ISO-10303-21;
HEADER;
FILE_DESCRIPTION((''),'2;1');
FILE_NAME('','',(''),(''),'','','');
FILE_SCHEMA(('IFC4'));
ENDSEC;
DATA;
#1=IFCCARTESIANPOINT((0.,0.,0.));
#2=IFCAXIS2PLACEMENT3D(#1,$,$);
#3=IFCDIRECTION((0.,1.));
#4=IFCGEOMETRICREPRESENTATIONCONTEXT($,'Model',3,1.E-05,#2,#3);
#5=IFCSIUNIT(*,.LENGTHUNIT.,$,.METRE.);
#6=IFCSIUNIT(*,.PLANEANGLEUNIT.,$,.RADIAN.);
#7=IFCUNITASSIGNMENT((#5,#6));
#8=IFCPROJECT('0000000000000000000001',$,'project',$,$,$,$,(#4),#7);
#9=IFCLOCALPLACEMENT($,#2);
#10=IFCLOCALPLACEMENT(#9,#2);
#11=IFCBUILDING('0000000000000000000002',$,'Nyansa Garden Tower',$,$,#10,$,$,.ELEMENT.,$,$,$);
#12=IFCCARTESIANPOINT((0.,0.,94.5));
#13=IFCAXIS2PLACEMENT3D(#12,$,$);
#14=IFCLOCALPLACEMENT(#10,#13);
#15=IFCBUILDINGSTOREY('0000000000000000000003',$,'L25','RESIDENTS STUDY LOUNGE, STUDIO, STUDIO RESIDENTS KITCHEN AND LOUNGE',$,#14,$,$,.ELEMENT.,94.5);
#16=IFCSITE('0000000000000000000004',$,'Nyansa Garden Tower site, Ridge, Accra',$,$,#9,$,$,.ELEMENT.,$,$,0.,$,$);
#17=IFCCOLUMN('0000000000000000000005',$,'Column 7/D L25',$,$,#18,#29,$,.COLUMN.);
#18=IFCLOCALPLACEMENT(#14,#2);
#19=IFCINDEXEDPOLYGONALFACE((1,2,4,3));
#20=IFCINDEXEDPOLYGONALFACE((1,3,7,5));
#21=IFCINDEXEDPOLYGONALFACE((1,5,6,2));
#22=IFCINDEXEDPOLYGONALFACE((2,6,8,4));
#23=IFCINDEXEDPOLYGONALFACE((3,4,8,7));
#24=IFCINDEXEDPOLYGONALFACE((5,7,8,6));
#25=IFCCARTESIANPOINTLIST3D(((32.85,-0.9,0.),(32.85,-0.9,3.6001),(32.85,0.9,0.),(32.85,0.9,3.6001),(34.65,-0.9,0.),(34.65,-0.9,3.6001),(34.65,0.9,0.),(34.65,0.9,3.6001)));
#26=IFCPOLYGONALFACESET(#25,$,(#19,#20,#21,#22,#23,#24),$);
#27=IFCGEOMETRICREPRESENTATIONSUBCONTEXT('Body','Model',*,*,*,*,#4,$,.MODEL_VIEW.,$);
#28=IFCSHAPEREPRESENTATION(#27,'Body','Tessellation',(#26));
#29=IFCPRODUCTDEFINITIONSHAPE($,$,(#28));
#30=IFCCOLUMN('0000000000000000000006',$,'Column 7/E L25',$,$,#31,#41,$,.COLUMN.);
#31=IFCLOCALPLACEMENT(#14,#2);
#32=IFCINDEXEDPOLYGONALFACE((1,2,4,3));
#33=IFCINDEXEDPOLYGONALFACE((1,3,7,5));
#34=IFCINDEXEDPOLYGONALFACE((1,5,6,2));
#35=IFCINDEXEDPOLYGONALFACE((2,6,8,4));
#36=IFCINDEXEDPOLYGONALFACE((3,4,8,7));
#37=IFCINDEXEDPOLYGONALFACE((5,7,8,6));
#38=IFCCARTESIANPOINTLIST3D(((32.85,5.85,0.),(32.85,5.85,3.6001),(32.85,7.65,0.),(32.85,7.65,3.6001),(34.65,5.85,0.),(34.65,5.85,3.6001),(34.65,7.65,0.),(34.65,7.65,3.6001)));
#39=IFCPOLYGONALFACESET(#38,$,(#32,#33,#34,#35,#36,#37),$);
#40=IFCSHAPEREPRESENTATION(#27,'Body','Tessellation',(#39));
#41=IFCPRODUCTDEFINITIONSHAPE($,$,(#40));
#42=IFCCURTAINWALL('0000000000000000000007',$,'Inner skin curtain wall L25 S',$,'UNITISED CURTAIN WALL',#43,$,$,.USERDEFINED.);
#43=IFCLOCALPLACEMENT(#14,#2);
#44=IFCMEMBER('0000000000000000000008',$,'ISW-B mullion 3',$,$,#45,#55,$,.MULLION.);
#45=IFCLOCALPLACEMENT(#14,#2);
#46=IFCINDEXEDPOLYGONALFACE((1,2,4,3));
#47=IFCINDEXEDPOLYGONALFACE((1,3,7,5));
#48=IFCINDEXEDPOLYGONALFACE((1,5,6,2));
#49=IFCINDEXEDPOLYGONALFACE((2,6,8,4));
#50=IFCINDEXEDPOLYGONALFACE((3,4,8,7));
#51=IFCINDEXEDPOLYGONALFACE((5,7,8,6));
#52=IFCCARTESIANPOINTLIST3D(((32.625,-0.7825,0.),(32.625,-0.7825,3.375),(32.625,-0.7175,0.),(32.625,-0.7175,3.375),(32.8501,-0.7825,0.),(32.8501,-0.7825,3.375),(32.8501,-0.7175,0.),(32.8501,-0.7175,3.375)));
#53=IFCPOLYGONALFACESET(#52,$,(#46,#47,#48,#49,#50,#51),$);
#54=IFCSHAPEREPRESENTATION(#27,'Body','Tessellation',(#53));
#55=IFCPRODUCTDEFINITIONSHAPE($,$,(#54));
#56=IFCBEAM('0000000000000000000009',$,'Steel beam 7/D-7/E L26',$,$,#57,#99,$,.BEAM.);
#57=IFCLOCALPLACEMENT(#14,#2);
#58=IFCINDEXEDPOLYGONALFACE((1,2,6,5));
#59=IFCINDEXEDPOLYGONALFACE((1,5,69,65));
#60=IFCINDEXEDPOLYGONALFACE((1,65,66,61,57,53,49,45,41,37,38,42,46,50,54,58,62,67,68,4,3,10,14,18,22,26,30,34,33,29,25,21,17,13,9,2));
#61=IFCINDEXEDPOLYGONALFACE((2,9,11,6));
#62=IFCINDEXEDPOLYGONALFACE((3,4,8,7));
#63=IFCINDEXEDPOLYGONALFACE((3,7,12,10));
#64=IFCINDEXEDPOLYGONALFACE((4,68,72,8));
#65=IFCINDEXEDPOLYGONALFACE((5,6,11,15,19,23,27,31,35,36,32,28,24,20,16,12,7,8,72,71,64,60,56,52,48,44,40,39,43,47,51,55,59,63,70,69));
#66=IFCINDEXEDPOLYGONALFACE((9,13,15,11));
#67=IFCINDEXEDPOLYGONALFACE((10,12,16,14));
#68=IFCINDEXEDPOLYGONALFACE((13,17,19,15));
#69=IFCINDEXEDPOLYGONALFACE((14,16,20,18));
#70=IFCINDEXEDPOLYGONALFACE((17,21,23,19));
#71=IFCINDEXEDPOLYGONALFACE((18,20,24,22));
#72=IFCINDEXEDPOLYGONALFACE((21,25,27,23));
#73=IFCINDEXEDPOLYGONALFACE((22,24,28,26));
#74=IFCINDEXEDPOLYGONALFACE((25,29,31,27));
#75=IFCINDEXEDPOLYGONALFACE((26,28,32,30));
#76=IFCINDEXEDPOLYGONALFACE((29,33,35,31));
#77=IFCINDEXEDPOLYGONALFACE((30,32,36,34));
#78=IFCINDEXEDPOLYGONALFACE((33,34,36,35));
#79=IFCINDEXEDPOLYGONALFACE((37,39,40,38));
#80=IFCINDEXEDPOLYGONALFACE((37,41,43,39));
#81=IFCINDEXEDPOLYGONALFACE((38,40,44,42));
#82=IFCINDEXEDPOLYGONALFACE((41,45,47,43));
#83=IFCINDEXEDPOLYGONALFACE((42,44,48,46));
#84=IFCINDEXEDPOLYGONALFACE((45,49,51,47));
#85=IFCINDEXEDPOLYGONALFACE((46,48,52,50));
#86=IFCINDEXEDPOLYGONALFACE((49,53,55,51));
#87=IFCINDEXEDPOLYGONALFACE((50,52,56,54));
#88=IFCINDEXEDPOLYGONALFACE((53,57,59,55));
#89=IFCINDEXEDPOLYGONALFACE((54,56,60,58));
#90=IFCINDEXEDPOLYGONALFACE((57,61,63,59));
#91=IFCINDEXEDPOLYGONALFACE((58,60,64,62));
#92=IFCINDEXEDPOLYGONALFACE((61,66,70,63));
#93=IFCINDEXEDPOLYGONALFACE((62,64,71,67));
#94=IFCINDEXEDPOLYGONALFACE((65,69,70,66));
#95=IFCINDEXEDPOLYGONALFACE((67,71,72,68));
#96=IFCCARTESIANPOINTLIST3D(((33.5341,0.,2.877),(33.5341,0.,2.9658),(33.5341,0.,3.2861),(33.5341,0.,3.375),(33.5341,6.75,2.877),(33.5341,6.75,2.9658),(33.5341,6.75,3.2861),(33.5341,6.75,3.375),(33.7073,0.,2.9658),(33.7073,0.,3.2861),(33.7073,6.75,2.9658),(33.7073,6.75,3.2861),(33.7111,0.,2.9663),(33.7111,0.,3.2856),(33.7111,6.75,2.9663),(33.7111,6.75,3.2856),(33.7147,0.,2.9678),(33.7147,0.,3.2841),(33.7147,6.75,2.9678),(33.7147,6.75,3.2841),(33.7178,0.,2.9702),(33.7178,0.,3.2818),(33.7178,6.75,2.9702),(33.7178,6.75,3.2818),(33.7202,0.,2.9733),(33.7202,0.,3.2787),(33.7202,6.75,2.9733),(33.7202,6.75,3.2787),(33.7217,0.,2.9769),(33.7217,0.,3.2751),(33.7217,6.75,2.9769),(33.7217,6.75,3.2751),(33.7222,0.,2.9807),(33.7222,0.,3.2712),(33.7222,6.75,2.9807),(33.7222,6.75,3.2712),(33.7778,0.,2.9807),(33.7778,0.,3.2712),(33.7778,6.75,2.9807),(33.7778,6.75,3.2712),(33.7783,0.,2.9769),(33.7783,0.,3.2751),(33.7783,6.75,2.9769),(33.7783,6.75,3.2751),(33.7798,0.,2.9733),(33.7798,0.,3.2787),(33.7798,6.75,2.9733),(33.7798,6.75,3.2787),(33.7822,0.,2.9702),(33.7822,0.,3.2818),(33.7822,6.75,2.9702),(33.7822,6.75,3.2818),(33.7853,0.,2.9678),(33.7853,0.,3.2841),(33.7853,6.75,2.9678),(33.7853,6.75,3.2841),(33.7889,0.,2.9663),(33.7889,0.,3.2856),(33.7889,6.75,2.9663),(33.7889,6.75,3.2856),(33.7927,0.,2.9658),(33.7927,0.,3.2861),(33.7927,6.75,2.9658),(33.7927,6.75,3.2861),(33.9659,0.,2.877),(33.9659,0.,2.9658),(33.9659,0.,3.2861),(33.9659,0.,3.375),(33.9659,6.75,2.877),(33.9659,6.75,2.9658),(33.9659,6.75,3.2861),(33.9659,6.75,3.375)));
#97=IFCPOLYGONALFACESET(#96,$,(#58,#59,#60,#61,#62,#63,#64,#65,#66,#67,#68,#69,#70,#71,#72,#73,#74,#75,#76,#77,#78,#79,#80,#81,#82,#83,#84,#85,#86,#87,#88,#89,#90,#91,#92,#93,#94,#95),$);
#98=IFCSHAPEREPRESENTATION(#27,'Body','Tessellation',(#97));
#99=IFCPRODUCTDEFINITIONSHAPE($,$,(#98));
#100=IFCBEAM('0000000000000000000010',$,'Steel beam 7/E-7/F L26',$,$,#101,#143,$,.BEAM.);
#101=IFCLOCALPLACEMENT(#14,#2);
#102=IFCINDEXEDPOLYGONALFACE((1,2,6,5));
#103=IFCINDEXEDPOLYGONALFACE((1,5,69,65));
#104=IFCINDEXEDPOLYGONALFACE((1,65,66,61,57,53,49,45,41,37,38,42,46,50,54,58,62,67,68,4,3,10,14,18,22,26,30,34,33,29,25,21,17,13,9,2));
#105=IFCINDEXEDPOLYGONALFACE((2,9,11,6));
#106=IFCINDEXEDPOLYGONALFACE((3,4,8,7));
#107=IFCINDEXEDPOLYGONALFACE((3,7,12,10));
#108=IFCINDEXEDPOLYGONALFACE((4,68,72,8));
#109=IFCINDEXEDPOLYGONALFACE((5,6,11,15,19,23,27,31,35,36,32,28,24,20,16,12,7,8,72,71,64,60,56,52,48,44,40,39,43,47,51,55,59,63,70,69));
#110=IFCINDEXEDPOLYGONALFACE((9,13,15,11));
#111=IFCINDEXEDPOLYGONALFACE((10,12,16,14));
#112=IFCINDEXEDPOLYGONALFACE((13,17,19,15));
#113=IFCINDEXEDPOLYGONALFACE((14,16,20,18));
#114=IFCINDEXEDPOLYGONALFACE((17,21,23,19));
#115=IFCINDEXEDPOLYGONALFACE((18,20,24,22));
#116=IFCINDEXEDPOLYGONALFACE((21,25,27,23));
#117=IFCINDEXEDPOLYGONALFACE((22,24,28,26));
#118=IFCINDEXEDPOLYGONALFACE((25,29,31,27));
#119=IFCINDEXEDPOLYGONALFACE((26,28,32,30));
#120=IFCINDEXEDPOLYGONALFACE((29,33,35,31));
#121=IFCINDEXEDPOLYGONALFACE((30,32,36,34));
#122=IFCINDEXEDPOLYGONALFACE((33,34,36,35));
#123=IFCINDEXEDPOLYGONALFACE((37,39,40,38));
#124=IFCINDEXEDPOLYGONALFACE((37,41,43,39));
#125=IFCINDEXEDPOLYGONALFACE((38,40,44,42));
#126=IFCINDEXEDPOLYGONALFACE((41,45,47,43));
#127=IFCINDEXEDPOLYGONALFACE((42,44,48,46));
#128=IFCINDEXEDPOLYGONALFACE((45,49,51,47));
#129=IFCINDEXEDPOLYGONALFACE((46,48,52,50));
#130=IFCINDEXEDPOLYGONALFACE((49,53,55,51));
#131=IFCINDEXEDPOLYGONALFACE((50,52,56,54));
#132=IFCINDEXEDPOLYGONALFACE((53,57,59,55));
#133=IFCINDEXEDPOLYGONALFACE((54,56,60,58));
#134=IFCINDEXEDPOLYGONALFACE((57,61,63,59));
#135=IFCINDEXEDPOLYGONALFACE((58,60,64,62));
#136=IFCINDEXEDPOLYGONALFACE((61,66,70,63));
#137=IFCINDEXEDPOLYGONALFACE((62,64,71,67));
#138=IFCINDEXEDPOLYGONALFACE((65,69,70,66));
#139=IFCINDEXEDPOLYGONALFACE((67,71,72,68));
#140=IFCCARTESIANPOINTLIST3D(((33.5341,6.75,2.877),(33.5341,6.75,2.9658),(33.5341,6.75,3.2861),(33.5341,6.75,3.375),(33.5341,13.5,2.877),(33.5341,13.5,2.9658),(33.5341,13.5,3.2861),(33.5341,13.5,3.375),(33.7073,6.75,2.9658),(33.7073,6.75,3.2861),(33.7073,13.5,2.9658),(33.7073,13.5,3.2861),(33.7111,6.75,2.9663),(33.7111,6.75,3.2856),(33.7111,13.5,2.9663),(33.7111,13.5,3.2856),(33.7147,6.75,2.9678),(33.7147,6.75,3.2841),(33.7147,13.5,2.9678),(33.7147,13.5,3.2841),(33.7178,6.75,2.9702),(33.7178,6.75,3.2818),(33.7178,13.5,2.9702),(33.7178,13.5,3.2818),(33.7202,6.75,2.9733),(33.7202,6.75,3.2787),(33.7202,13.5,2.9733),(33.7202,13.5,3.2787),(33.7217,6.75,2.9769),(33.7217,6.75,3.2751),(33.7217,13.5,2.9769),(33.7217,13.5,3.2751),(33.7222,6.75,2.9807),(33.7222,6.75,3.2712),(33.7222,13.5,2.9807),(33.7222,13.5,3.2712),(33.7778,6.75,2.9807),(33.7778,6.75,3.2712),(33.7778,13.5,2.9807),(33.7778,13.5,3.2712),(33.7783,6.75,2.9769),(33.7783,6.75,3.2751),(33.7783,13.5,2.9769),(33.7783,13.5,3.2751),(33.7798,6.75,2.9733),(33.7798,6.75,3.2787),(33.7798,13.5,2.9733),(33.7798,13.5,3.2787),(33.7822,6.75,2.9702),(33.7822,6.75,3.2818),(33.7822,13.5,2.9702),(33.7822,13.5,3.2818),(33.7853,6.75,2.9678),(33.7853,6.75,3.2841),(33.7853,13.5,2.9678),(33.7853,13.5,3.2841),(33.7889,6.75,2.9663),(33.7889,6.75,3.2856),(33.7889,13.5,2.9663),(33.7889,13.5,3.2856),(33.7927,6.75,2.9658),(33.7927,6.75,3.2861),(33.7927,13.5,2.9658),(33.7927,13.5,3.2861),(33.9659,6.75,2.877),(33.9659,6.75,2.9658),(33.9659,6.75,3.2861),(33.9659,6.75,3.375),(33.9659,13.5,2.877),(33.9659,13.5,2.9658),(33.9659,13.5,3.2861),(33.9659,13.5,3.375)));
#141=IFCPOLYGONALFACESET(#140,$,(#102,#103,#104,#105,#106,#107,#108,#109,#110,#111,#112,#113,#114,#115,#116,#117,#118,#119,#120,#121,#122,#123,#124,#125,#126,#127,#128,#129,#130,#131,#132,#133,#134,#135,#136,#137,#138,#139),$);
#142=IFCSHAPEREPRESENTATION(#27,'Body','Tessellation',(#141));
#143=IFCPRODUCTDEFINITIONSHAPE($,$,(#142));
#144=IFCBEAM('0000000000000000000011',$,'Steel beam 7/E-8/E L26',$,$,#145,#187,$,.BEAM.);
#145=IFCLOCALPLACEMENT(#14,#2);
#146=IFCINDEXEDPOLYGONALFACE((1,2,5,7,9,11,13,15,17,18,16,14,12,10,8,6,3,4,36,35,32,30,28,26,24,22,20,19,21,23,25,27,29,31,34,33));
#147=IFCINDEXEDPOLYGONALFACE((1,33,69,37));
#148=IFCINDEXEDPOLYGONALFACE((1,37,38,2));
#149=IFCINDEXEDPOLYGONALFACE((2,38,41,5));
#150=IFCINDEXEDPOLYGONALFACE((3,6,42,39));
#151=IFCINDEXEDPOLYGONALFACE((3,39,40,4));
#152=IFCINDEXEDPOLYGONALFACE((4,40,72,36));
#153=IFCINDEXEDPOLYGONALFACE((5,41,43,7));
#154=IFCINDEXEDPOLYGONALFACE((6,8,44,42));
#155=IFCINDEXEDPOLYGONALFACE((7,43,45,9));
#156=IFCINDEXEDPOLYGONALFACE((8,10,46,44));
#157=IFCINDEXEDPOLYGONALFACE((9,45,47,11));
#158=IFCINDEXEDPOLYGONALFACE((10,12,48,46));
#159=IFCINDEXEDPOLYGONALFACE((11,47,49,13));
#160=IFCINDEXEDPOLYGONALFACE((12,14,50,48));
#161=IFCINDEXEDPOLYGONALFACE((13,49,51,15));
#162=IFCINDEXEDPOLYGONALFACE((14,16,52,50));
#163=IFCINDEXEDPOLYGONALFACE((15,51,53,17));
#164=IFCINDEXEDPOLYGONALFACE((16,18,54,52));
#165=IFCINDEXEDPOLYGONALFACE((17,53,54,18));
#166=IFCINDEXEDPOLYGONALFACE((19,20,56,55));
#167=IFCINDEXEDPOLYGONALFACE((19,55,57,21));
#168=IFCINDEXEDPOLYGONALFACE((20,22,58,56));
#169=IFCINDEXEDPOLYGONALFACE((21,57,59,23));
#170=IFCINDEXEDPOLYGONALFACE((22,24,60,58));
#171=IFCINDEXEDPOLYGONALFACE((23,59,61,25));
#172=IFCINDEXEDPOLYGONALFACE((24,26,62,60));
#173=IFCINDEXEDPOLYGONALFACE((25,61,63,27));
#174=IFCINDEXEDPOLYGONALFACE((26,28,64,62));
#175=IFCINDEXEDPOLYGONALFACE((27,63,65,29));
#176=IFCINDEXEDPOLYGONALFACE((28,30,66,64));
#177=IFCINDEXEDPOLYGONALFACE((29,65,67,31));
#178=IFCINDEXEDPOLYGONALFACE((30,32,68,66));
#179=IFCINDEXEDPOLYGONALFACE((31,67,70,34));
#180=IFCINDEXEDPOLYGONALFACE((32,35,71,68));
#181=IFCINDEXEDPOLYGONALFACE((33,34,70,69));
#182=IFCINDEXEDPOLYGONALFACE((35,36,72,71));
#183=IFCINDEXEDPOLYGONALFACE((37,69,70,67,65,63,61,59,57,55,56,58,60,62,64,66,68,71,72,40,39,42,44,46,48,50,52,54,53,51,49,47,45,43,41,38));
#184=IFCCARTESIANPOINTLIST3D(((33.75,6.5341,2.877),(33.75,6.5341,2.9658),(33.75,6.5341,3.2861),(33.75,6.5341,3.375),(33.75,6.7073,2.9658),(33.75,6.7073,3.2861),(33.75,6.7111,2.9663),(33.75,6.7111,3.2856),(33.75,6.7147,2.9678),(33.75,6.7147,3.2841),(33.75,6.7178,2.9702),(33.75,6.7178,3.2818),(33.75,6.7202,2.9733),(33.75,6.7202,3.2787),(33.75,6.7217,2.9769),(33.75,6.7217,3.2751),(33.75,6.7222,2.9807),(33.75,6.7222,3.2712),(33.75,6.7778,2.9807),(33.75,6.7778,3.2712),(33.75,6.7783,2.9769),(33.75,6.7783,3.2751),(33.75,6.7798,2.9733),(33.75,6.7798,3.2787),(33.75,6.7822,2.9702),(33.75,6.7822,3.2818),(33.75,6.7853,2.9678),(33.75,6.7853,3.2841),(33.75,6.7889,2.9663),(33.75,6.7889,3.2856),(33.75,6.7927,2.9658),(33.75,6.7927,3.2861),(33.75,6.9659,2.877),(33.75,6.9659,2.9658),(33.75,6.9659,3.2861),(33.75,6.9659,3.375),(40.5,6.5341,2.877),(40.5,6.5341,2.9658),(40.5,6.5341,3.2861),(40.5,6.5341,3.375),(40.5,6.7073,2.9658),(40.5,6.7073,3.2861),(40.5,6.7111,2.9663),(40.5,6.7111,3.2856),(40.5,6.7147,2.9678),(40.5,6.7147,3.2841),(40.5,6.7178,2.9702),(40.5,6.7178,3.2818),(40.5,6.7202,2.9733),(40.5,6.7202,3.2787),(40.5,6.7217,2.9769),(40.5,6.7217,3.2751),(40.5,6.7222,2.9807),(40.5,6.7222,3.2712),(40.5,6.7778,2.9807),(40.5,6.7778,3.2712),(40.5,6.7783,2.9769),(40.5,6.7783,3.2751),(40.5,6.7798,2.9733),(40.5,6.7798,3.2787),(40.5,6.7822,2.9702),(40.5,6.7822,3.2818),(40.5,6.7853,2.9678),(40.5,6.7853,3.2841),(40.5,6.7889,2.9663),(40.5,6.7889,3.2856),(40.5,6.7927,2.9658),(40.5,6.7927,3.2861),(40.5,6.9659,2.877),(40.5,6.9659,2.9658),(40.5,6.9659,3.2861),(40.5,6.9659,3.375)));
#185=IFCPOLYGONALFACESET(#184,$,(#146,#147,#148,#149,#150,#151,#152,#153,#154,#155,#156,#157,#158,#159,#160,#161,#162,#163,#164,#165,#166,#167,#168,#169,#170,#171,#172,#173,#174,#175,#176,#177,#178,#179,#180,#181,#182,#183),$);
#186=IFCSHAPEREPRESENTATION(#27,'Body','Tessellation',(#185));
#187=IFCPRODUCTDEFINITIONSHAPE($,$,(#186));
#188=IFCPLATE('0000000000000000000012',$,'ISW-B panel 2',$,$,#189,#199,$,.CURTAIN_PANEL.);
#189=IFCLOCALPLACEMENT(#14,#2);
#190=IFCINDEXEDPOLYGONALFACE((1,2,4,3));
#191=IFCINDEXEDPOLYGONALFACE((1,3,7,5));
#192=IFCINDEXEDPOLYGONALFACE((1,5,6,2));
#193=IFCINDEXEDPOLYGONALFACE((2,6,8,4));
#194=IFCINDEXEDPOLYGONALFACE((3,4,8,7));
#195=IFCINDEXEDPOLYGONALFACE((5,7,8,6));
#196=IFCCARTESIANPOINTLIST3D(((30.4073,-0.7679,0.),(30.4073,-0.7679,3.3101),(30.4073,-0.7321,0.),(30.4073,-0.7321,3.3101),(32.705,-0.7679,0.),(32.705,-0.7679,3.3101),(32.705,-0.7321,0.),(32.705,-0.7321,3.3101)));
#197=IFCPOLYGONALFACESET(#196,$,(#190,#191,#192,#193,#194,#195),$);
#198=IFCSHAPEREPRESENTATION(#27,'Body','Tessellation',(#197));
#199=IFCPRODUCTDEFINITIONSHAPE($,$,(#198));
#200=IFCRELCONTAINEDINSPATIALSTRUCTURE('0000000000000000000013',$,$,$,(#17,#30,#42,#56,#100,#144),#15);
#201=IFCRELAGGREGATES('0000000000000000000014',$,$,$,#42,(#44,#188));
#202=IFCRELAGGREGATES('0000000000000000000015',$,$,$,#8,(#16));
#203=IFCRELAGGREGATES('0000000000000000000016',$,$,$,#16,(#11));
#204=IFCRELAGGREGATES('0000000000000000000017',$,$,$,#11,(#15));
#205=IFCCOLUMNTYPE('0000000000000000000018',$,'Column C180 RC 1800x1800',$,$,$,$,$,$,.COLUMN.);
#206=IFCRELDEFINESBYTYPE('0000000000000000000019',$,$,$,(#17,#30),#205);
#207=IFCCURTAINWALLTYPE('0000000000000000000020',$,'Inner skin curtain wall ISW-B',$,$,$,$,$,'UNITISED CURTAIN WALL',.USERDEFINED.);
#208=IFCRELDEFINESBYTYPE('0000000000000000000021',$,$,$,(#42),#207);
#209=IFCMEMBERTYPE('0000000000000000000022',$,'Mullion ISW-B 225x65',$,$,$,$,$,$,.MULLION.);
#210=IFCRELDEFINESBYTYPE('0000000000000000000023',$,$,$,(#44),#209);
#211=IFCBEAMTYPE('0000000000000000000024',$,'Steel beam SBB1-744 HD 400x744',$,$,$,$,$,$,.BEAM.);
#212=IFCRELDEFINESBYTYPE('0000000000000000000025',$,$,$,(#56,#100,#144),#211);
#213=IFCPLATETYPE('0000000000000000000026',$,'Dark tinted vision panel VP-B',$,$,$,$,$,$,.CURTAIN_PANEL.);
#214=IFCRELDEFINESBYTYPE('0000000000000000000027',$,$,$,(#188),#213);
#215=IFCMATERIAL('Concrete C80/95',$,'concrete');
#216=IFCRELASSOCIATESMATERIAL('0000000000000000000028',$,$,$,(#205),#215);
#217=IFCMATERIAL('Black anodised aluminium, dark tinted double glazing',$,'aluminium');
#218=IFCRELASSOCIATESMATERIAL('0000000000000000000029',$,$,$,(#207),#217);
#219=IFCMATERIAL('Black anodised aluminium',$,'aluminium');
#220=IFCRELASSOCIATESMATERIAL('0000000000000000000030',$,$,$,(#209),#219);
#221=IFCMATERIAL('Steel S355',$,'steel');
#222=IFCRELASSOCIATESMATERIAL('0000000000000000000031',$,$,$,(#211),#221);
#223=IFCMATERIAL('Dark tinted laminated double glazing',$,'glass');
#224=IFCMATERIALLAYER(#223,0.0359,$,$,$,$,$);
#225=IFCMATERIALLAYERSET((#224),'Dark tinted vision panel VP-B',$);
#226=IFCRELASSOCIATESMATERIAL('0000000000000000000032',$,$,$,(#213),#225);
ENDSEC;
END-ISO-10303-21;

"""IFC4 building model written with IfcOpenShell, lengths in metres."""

from ifc_helpers import new_model, si_unit, direction, frame, origin, origin_2d, place, context, subcontext, project, spatial, rectangle, i_section, extrude, material, layer, layer_set, material_profile, profile_set, type_object, element, aggregate, save


model = new_model("IFC4")

# Units and contexts
model_context = context("Model", 3, precision=1e-05, world=origin(), true_north=direction((0.0, 1.0)))
body_context = subcontext(model_context, "Body", "Model", "MODEL_VIEW")
ifc_project = project(units=[si_unit("LENGTHUNIT", "METRE"), si_unit("PLANEANGLEUNIT", "RADIAN")], contexts=[model_context])

# Site, building, storey
site_placement = place(None, origin())
site = spatial("IfcSite", under=ifc_project, at=site_placement, Name="Nyansa Garden Tower site, Ridge, Accra", CompositionType="ELEMENT", RefElevation=0.0)
building_placement = place(site_placement, origin())
building = spatial("IfcBuilding", under=site, at=building_placement, Name="Nyansa Garden Tower", CompositionType="ELEMENT")
storey_placement = place(building_placement, frame((0.0, 0.0, 94.5)))
storey = spatial("IfcBuildingStorey", under=building, at=storey_placement, Name="L25", Description="RESIDENTS STUDY LOUNGE, STUDIO, STUDIO RESIDENTS KITCHEN AND LOUNGE", CompositionType="ELEMENT", Elevation=94.5)

# Columns
ifc_material_1 = material(Name="Concrete C80/95", Category="concrete")
ifc_material_profile_1 = material_profile(ifc_material_1, rectangle(XDim=1.8, YDim=1.8, at=origin_2d()), Name="RC 1800x1800")
ifc_profile_set_1 = profile_set([ifc_material_profile_1], Name="Concrete C80/95")
column_type = type_object("IfcColumnType", Name="Column C180 RC 1800x1800", PredefinedType="COLUMN", material=ifc_profile_set_1)
for number, where, z_axis, x_axis, name in (
    (1, (33.75, 0.0, 0.0), (0.0, 0.0, 1.0), (1.0, 0.0, 0.0), "Column 7/D L25"),
    (2, (33.75, 6.75, 0.0), (0.0, 0.0, 1.0), (1.0, 0.0, 0.0), "Column 7/E L25"),
):
    element("IfcColumn", number, at=place(storey_placement, frame(where, z_axis=z_axis, x_axis=x_axis)), inside=storey, type_object=column_type, Name=name, PredefinedType="COLUMN", context=body_context, shape_type="SweptSolid", body=[
        extrude(rectangle(XDim=1.8, YDim=1.8, at=origin_2d()), origin(), (0.0, 0.0, 1.0), 3.6001),
    ])

# Curtain wall, member
ifc_material_2 = material(Name="Black anodised aluminium, dark tinted double glazing", Category="aluminium")
curtain_wall_type = type_object("IfcCurtainWallType", Name="Inner skin curtain wall ISW-B", ElementType="UNITISED CURTAIN WALL", PredefinedType="USERDEFINED", material=ifc_material_2)
curtain_wall_placement = place(storey_placement, origin())
curtain_wall = element("IfcCurtainWall", 3, at=curtain_wall_placement, inside=storey, type_object=curtain_wall_type, Name="Inner skin curtain wall L25 S", ObjectType="UNITISED CURTAIN WALL", PredefinedType="USERDEFINED")
ifc_material_3 = material(Name="Black anodised aluminium", Category="aluminium")
ifc_material_profile_2 = material_profile(ifc_material_3, rectangle(XDim=0.0649, YDim=0.2251, at=origin_2d()), Name="Mullion 225x65")
ifc_profile_set_2 = profile_set([ifc_material_profile_2], Name="Black anodised aluminium")
member_type = type_object("IfcMemberType", Name="Mullion ISW-B 225x65", PredefinedType="MULLION", material=ifc_profile_set_2)
member_placement = place(storey_placement, frame((32.7375, -0.75, 0.0), z_axis=(0.0, 0.0, 1.0), x_axis=(0.0, 1.0, 0.0)))
member = element("IfcMember", 4, at=member_placement, type_object=member_type, Name="ISW-B mullion 3", PredefinedType="MULLION", context=body_context, shape_type="SweptSolid", body=[
    extrude(rectangle(XDim=0.0649, YDim=0.2251, at=origin_2d()), origin(), (0.0, 0.0, 1.0), 3.375),
])

# Beams
ifc_material_4 = material(Name="Steel S355", Category="steel")
ifc_material_profile_3 = material_profile(ifc_material_4, i_section(OverallWidth=0.4319, OverallDepth=0.498, WebThickness=0.0557, FlangeThickness=0.0889, FilletRadius=0.0149, at=origin_2d()), Name="HD 400x744")
ifc_profile_set_3 = profile_set([ifc_material_profile_3], Name="Steel S355")
beam_type = type_object("IfcBeamType", Name="Steel beam SBB1-744 HD 400x744", PredefinedType="BEAM", material=ifc_profile_set_3)
for number, where, z_axis, x_axis, name in (
    (5, (33.75, 0.0, 3.126), (0.0, 1.0, 0.0), (-1.0, 0.0, 0.0), "Steel beam 7/D-7/E L26"),
    (6, (33.75, 6.75, 3.126), (0.0, 1.0, 0.0), (-1.0, 0.0, 0.0), "Steel beam 7/E-7/F L26"),
    (7, (33.75, 6.75, 3.126), (1.0, 0.0, 0.0), (0.0, 1.0, 0.0), "Steel beam 7/E-8/E L26"),
):
    element("IfcBeam", number, at=place(storey_placement, frame(where, z_axis=z_axis, x_axis=x_axis)), inside=storey, type_object=beam_type, Name=name, PredefinedType="BEAM", context=body_context, shape_type="SweptSolid", body=[
        extrude(i_section(OverallWidth=0.4319, OverallDepth=0.498, WebThickness=0.0557, FlangeThickness=0.0889, FilletRadius=0.0149, at=origin_2d()), origin(), (0.0, 0.0, 1.0), 6.75),
    ])

# Plate
ifc_material_5 = material(Name="Dark tinted laminated double glazing", Category="glass")
ifc_layer_1 = layer(ifc_material_5, 0.0359)
ifc_layer_set_1 = layer_set([ifc_layer_1], Name="Dark tinted vision panel VP-B")
plate_type = type_object("IfcPlateType", Name="Dark tinted vision panel VP-B", PredefinedType="CURTAIN_PANEL", material=ifc_layer_set_1)
plate_placement = place(storey_placement, frame((31.5562, -0.75, 0.0), z_axis=(0.0, 0.0, 1.0), x_axis=(1.0, 0.0, 0.0)))
plate = element("IfcPlate", 8, at=plate_placement, type_object=plate_type, Name="ISW-B panel 2", PredefinedType="CURTAIN_PANEL", context=body_context, shape_type="SweptSolid", body=[
    extrude(rectangle(XDim=2.2976, YDim=0.0359, at=origin_2d()), origin(), (0.0, 0.0, 1.0), 3.3101),
])
aggregate(curtain_wall, [member, plate])

save(model, "model.ifc")
